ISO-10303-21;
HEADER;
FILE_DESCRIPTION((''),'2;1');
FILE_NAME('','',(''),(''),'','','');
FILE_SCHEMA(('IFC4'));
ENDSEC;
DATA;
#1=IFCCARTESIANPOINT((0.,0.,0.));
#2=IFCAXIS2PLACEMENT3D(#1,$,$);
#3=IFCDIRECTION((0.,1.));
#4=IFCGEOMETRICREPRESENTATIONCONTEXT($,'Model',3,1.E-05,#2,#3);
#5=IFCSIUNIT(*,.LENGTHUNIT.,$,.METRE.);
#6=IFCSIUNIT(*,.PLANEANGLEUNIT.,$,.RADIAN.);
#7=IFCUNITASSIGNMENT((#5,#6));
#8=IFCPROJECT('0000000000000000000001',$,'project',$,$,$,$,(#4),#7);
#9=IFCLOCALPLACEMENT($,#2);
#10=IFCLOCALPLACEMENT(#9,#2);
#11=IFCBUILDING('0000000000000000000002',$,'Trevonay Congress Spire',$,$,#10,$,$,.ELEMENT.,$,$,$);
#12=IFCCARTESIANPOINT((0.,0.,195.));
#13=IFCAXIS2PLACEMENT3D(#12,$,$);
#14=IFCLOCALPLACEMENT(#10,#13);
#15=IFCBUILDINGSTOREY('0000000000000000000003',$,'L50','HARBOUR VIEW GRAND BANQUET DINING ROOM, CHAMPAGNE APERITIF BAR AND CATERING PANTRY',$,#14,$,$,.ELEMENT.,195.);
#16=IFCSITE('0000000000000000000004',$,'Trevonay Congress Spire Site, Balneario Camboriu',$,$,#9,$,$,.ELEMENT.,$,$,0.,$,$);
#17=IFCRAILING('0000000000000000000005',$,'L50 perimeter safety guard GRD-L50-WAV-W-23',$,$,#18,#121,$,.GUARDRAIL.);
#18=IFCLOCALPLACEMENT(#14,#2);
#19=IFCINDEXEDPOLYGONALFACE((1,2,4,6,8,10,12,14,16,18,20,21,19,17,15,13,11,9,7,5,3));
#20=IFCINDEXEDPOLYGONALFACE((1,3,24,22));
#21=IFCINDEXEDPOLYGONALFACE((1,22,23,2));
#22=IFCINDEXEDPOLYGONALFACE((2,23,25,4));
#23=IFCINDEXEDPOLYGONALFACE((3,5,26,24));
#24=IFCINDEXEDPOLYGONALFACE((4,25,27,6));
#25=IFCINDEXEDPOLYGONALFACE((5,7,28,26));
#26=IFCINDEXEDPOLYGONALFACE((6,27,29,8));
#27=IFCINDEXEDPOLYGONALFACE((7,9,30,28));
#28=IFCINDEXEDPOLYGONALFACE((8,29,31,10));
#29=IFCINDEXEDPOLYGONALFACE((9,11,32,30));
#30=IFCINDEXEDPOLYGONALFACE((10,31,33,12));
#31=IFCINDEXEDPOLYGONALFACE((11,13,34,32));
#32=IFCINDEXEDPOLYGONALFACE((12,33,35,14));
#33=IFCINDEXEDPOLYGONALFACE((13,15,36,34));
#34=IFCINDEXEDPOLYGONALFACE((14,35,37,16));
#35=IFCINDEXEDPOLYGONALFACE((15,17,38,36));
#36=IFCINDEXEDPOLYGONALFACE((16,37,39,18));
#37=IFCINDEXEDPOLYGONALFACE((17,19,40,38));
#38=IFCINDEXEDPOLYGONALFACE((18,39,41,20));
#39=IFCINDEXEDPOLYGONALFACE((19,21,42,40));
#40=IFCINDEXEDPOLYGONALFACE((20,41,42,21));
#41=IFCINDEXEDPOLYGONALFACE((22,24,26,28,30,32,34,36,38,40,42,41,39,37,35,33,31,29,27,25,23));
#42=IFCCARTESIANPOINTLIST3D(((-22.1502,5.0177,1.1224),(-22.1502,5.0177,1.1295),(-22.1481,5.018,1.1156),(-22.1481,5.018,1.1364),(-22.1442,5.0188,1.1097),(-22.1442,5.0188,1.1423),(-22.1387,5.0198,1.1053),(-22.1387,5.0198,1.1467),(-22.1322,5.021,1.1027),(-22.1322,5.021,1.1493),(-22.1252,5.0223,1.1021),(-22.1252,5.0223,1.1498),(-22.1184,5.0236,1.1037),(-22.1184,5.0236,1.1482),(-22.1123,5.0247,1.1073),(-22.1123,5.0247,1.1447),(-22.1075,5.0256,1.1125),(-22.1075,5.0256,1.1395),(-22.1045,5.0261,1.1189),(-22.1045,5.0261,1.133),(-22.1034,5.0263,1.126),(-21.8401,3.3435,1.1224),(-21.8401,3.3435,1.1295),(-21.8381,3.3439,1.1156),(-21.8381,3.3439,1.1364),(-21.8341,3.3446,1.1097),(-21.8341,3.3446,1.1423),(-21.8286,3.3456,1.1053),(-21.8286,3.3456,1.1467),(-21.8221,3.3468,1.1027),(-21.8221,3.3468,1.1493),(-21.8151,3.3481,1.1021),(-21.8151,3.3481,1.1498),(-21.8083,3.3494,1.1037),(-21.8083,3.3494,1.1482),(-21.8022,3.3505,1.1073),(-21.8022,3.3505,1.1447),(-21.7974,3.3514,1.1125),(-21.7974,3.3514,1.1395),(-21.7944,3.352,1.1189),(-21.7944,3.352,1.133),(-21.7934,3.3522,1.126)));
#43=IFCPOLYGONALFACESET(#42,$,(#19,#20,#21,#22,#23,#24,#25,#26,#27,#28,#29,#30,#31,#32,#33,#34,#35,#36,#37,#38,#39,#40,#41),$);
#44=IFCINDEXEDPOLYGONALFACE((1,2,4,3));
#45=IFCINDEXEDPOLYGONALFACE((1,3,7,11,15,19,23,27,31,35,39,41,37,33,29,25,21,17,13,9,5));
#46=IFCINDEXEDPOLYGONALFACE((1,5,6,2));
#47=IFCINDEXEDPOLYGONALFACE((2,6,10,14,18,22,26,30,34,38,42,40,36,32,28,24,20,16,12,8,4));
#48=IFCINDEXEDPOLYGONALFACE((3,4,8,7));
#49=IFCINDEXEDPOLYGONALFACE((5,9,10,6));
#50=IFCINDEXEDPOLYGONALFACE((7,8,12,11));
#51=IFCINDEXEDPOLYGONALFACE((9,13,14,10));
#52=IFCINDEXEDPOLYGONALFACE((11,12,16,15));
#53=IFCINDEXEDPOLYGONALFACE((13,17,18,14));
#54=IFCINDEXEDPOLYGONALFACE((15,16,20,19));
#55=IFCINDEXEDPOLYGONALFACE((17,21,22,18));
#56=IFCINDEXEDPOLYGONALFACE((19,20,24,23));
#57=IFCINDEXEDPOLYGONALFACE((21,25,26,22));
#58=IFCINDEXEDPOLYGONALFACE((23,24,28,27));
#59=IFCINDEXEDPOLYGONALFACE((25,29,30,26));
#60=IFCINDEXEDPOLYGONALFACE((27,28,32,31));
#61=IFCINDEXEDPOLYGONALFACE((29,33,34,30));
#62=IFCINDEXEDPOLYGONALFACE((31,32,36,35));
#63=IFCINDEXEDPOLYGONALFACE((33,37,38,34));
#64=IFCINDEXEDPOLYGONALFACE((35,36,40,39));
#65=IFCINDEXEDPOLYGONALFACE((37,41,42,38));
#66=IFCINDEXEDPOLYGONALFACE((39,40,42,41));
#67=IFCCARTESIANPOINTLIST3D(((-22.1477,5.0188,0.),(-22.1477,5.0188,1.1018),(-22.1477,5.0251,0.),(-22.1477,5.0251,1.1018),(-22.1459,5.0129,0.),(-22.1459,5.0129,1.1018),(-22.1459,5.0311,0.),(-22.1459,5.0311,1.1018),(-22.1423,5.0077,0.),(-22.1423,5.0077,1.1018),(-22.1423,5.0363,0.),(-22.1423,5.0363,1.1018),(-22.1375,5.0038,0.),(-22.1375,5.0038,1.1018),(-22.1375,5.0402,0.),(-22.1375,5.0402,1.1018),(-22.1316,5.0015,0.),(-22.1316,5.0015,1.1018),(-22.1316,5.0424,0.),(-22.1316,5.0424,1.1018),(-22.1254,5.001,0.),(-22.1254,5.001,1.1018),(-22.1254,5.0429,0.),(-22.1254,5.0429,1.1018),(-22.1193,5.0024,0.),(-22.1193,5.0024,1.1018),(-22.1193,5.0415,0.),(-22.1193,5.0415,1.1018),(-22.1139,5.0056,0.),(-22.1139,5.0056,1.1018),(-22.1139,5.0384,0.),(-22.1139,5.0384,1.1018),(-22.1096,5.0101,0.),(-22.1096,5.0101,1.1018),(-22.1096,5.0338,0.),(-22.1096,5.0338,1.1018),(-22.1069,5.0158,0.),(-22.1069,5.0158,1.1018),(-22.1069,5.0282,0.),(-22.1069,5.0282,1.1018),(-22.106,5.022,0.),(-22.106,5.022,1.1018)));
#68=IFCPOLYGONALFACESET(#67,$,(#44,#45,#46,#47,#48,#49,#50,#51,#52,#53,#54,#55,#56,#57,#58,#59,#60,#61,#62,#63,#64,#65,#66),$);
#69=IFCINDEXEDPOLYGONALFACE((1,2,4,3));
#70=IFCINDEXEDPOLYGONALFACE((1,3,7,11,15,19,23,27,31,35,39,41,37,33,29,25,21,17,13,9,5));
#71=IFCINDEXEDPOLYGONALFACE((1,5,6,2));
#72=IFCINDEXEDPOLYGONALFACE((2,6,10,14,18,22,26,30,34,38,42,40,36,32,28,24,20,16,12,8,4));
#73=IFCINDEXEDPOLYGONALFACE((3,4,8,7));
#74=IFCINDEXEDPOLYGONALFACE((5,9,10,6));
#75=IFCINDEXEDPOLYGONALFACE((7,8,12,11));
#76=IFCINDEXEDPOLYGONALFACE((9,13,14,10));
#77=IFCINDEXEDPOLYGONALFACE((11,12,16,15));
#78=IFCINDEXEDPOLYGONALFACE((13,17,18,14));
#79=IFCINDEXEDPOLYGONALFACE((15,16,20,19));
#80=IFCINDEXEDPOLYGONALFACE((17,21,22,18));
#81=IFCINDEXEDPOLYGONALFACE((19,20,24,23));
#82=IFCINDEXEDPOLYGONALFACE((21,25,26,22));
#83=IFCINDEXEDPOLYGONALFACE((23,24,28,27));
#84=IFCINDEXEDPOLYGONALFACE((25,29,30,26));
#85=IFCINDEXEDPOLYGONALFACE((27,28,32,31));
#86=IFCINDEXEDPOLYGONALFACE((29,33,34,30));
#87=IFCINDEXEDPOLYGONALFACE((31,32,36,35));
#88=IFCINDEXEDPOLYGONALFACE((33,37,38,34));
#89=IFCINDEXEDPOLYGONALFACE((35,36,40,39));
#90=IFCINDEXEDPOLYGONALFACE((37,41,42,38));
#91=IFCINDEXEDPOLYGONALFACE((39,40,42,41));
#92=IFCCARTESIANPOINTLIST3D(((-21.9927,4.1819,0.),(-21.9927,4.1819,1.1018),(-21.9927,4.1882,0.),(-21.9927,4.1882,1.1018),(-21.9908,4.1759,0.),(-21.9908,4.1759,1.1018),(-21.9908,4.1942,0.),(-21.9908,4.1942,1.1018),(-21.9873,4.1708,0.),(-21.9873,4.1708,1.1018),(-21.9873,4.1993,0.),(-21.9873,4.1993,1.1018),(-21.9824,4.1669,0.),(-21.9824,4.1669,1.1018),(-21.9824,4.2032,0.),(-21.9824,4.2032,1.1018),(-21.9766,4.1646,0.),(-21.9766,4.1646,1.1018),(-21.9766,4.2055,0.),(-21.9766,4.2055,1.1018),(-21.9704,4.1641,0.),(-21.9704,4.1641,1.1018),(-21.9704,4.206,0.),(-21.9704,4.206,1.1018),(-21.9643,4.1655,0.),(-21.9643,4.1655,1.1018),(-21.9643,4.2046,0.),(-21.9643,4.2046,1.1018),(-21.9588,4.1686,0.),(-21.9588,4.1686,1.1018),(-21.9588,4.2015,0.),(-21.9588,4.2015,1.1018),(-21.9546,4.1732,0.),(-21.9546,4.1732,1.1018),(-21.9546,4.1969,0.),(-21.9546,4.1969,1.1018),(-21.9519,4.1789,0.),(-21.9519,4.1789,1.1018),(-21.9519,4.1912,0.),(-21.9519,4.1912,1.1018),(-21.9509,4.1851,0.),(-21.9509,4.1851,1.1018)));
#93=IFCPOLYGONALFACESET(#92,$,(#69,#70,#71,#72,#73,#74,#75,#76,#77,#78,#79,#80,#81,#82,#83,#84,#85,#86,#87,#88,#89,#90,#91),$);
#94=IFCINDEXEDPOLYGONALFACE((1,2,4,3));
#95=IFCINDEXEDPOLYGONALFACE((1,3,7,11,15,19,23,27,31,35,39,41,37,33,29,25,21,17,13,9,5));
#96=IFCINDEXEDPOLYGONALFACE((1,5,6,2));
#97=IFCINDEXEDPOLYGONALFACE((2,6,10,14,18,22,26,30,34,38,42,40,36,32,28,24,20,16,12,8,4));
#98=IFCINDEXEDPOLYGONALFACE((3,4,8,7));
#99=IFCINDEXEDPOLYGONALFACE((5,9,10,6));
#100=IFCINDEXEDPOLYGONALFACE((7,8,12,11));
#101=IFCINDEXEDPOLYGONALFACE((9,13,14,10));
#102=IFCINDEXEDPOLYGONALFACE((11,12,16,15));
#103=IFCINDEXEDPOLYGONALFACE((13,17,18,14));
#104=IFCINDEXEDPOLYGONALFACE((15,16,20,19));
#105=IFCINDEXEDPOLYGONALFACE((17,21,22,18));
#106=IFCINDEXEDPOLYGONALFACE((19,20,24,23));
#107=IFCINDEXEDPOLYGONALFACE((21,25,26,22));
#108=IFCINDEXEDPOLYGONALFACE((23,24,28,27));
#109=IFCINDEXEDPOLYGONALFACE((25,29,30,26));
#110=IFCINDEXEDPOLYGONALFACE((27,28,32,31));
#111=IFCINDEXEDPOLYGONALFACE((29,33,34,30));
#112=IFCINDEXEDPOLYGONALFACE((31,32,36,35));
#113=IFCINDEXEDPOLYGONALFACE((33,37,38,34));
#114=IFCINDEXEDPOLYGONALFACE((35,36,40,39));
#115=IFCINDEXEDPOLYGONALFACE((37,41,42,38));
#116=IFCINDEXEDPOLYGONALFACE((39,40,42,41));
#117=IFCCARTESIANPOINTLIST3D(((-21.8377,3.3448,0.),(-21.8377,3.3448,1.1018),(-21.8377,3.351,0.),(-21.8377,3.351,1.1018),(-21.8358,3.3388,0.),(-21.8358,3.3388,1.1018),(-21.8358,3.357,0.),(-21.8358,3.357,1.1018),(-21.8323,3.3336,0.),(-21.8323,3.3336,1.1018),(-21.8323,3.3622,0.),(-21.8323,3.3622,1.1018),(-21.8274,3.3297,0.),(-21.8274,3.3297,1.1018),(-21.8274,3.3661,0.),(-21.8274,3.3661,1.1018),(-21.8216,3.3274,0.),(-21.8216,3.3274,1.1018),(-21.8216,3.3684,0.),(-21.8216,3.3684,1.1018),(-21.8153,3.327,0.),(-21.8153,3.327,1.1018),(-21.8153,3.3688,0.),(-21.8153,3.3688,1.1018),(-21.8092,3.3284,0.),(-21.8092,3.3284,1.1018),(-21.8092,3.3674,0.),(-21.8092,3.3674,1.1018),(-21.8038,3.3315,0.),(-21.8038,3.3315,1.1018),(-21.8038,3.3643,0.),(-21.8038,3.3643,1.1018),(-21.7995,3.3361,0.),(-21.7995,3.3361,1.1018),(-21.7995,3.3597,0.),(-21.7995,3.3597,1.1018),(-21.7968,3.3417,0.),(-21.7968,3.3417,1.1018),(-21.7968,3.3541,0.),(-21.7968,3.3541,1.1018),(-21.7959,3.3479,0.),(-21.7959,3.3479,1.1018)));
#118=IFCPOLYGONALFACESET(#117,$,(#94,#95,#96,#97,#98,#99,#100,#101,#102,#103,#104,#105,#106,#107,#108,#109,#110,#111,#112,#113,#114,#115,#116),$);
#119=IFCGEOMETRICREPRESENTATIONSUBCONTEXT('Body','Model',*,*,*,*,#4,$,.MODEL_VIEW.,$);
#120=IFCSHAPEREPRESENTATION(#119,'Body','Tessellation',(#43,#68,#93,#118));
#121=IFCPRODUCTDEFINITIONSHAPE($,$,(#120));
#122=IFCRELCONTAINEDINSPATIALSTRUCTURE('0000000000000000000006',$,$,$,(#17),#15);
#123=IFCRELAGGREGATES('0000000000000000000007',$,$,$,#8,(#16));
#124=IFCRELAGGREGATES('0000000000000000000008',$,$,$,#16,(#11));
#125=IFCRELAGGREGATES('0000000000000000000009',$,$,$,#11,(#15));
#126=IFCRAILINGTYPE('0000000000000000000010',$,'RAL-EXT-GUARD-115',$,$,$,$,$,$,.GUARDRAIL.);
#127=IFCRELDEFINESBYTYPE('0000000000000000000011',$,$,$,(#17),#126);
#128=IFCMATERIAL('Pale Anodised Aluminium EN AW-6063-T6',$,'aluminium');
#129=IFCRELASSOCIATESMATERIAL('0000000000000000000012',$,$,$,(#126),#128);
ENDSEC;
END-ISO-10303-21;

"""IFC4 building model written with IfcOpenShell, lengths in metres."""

from ifc_helpers import new_model, si_unit, direction, frame, origin, origin_2d, place, context, subcontext, project, spatial, circle, extrude, material, type_object, element, save


model = new_model("IFC4")

# Units and contexts
model_context = context("Model", 3, precision=1e-05, world=origin(), true_north=direction((0.0, 1.0)))
body_context = subcontext(model_context, "Body", "Model", "MODEL_VIEW")
ifc_project = project(units=[si_unit("LENGTHUNIT", "METRE"), si_unit("PLANEANGLEUNIT", "RADIAN")], contexts=[model_context])

# Site, building, storey
site_placement = place(None, origin())
site = spatial("IfcSite", under=ifc_project, at=site_placement, Name="Trevonay Congress Spire Site, Balneario Camboriu", CompositionType="ELEMENT", RefElevation=0.0)
building_placement = place(site_placement, origin())
building = spatial("IfcBuilding", under=site, at=building_placement, Name="Trevonay Congress Spire", CompositionType="ELEMENT")
storey_placement = place(building_placement, frame((0.0, 0.0, 195.0)))
storey = spatial("IfcBuildingStorey", under=building, at=storey_placement, Name="L50", Description="HARBOUR VIEW GRAND BANQUET DINING ROOM, CHAMPAGNE APERITIF BAR AND CATERING PANTRY", CompositionType="ELEMENT", Elevation=195.0)

# Shared definitions
ifc_material_1 = material(Name="Pale Anodised Aluminium EN AW-6063-T6", Category="aluminium")

# Railing
railing_type = type_object("IfcRailingType", Name="RAL-EXT-GUARD-115", PredefinedType="GUARDRAIL", material=ifc_material_1)
railing_1_placement = place(storey_placement, frame((-22.127, 5.022, 0.0)))
element("IfcRailing", 1, at=railing_1_placement, inside=storey, type_object=railing_type, Name="L50 perimeter safety guard GRD-L50-WAV-W-23", PredefinedType="GUARDRAIL", context=body_context, shape_type="SweptSolid", body=[
    extrude(circle(Radius=0.0239, at=origin_2d()), frame((0.0, 0.0, 1.126), z_axis=(0.182115, -0.983277, 0.0), x_axis=(0.983277, 0.182115, 0.0)), (0.0, 0.0, 1.0), 1.7026),
    extrude(circle(Radius=0.021, at=origin_2d()), origin(), (0.0, 0.0, 1.0), 1.1018),
    extrude(circle(Radius=0.021, at=origin_2d()), frame((0.155, -0.8369, 0.0)), (0.0, 0.0, 1.0), 1.1018),
    extrude(circle(Radius=0.021, at=origin_2d()), frame((0.3101, -1.6741, 0.0)), (0.0, 0.0, 1.0), 1.1018),
])

save(model, "model.ifc")
